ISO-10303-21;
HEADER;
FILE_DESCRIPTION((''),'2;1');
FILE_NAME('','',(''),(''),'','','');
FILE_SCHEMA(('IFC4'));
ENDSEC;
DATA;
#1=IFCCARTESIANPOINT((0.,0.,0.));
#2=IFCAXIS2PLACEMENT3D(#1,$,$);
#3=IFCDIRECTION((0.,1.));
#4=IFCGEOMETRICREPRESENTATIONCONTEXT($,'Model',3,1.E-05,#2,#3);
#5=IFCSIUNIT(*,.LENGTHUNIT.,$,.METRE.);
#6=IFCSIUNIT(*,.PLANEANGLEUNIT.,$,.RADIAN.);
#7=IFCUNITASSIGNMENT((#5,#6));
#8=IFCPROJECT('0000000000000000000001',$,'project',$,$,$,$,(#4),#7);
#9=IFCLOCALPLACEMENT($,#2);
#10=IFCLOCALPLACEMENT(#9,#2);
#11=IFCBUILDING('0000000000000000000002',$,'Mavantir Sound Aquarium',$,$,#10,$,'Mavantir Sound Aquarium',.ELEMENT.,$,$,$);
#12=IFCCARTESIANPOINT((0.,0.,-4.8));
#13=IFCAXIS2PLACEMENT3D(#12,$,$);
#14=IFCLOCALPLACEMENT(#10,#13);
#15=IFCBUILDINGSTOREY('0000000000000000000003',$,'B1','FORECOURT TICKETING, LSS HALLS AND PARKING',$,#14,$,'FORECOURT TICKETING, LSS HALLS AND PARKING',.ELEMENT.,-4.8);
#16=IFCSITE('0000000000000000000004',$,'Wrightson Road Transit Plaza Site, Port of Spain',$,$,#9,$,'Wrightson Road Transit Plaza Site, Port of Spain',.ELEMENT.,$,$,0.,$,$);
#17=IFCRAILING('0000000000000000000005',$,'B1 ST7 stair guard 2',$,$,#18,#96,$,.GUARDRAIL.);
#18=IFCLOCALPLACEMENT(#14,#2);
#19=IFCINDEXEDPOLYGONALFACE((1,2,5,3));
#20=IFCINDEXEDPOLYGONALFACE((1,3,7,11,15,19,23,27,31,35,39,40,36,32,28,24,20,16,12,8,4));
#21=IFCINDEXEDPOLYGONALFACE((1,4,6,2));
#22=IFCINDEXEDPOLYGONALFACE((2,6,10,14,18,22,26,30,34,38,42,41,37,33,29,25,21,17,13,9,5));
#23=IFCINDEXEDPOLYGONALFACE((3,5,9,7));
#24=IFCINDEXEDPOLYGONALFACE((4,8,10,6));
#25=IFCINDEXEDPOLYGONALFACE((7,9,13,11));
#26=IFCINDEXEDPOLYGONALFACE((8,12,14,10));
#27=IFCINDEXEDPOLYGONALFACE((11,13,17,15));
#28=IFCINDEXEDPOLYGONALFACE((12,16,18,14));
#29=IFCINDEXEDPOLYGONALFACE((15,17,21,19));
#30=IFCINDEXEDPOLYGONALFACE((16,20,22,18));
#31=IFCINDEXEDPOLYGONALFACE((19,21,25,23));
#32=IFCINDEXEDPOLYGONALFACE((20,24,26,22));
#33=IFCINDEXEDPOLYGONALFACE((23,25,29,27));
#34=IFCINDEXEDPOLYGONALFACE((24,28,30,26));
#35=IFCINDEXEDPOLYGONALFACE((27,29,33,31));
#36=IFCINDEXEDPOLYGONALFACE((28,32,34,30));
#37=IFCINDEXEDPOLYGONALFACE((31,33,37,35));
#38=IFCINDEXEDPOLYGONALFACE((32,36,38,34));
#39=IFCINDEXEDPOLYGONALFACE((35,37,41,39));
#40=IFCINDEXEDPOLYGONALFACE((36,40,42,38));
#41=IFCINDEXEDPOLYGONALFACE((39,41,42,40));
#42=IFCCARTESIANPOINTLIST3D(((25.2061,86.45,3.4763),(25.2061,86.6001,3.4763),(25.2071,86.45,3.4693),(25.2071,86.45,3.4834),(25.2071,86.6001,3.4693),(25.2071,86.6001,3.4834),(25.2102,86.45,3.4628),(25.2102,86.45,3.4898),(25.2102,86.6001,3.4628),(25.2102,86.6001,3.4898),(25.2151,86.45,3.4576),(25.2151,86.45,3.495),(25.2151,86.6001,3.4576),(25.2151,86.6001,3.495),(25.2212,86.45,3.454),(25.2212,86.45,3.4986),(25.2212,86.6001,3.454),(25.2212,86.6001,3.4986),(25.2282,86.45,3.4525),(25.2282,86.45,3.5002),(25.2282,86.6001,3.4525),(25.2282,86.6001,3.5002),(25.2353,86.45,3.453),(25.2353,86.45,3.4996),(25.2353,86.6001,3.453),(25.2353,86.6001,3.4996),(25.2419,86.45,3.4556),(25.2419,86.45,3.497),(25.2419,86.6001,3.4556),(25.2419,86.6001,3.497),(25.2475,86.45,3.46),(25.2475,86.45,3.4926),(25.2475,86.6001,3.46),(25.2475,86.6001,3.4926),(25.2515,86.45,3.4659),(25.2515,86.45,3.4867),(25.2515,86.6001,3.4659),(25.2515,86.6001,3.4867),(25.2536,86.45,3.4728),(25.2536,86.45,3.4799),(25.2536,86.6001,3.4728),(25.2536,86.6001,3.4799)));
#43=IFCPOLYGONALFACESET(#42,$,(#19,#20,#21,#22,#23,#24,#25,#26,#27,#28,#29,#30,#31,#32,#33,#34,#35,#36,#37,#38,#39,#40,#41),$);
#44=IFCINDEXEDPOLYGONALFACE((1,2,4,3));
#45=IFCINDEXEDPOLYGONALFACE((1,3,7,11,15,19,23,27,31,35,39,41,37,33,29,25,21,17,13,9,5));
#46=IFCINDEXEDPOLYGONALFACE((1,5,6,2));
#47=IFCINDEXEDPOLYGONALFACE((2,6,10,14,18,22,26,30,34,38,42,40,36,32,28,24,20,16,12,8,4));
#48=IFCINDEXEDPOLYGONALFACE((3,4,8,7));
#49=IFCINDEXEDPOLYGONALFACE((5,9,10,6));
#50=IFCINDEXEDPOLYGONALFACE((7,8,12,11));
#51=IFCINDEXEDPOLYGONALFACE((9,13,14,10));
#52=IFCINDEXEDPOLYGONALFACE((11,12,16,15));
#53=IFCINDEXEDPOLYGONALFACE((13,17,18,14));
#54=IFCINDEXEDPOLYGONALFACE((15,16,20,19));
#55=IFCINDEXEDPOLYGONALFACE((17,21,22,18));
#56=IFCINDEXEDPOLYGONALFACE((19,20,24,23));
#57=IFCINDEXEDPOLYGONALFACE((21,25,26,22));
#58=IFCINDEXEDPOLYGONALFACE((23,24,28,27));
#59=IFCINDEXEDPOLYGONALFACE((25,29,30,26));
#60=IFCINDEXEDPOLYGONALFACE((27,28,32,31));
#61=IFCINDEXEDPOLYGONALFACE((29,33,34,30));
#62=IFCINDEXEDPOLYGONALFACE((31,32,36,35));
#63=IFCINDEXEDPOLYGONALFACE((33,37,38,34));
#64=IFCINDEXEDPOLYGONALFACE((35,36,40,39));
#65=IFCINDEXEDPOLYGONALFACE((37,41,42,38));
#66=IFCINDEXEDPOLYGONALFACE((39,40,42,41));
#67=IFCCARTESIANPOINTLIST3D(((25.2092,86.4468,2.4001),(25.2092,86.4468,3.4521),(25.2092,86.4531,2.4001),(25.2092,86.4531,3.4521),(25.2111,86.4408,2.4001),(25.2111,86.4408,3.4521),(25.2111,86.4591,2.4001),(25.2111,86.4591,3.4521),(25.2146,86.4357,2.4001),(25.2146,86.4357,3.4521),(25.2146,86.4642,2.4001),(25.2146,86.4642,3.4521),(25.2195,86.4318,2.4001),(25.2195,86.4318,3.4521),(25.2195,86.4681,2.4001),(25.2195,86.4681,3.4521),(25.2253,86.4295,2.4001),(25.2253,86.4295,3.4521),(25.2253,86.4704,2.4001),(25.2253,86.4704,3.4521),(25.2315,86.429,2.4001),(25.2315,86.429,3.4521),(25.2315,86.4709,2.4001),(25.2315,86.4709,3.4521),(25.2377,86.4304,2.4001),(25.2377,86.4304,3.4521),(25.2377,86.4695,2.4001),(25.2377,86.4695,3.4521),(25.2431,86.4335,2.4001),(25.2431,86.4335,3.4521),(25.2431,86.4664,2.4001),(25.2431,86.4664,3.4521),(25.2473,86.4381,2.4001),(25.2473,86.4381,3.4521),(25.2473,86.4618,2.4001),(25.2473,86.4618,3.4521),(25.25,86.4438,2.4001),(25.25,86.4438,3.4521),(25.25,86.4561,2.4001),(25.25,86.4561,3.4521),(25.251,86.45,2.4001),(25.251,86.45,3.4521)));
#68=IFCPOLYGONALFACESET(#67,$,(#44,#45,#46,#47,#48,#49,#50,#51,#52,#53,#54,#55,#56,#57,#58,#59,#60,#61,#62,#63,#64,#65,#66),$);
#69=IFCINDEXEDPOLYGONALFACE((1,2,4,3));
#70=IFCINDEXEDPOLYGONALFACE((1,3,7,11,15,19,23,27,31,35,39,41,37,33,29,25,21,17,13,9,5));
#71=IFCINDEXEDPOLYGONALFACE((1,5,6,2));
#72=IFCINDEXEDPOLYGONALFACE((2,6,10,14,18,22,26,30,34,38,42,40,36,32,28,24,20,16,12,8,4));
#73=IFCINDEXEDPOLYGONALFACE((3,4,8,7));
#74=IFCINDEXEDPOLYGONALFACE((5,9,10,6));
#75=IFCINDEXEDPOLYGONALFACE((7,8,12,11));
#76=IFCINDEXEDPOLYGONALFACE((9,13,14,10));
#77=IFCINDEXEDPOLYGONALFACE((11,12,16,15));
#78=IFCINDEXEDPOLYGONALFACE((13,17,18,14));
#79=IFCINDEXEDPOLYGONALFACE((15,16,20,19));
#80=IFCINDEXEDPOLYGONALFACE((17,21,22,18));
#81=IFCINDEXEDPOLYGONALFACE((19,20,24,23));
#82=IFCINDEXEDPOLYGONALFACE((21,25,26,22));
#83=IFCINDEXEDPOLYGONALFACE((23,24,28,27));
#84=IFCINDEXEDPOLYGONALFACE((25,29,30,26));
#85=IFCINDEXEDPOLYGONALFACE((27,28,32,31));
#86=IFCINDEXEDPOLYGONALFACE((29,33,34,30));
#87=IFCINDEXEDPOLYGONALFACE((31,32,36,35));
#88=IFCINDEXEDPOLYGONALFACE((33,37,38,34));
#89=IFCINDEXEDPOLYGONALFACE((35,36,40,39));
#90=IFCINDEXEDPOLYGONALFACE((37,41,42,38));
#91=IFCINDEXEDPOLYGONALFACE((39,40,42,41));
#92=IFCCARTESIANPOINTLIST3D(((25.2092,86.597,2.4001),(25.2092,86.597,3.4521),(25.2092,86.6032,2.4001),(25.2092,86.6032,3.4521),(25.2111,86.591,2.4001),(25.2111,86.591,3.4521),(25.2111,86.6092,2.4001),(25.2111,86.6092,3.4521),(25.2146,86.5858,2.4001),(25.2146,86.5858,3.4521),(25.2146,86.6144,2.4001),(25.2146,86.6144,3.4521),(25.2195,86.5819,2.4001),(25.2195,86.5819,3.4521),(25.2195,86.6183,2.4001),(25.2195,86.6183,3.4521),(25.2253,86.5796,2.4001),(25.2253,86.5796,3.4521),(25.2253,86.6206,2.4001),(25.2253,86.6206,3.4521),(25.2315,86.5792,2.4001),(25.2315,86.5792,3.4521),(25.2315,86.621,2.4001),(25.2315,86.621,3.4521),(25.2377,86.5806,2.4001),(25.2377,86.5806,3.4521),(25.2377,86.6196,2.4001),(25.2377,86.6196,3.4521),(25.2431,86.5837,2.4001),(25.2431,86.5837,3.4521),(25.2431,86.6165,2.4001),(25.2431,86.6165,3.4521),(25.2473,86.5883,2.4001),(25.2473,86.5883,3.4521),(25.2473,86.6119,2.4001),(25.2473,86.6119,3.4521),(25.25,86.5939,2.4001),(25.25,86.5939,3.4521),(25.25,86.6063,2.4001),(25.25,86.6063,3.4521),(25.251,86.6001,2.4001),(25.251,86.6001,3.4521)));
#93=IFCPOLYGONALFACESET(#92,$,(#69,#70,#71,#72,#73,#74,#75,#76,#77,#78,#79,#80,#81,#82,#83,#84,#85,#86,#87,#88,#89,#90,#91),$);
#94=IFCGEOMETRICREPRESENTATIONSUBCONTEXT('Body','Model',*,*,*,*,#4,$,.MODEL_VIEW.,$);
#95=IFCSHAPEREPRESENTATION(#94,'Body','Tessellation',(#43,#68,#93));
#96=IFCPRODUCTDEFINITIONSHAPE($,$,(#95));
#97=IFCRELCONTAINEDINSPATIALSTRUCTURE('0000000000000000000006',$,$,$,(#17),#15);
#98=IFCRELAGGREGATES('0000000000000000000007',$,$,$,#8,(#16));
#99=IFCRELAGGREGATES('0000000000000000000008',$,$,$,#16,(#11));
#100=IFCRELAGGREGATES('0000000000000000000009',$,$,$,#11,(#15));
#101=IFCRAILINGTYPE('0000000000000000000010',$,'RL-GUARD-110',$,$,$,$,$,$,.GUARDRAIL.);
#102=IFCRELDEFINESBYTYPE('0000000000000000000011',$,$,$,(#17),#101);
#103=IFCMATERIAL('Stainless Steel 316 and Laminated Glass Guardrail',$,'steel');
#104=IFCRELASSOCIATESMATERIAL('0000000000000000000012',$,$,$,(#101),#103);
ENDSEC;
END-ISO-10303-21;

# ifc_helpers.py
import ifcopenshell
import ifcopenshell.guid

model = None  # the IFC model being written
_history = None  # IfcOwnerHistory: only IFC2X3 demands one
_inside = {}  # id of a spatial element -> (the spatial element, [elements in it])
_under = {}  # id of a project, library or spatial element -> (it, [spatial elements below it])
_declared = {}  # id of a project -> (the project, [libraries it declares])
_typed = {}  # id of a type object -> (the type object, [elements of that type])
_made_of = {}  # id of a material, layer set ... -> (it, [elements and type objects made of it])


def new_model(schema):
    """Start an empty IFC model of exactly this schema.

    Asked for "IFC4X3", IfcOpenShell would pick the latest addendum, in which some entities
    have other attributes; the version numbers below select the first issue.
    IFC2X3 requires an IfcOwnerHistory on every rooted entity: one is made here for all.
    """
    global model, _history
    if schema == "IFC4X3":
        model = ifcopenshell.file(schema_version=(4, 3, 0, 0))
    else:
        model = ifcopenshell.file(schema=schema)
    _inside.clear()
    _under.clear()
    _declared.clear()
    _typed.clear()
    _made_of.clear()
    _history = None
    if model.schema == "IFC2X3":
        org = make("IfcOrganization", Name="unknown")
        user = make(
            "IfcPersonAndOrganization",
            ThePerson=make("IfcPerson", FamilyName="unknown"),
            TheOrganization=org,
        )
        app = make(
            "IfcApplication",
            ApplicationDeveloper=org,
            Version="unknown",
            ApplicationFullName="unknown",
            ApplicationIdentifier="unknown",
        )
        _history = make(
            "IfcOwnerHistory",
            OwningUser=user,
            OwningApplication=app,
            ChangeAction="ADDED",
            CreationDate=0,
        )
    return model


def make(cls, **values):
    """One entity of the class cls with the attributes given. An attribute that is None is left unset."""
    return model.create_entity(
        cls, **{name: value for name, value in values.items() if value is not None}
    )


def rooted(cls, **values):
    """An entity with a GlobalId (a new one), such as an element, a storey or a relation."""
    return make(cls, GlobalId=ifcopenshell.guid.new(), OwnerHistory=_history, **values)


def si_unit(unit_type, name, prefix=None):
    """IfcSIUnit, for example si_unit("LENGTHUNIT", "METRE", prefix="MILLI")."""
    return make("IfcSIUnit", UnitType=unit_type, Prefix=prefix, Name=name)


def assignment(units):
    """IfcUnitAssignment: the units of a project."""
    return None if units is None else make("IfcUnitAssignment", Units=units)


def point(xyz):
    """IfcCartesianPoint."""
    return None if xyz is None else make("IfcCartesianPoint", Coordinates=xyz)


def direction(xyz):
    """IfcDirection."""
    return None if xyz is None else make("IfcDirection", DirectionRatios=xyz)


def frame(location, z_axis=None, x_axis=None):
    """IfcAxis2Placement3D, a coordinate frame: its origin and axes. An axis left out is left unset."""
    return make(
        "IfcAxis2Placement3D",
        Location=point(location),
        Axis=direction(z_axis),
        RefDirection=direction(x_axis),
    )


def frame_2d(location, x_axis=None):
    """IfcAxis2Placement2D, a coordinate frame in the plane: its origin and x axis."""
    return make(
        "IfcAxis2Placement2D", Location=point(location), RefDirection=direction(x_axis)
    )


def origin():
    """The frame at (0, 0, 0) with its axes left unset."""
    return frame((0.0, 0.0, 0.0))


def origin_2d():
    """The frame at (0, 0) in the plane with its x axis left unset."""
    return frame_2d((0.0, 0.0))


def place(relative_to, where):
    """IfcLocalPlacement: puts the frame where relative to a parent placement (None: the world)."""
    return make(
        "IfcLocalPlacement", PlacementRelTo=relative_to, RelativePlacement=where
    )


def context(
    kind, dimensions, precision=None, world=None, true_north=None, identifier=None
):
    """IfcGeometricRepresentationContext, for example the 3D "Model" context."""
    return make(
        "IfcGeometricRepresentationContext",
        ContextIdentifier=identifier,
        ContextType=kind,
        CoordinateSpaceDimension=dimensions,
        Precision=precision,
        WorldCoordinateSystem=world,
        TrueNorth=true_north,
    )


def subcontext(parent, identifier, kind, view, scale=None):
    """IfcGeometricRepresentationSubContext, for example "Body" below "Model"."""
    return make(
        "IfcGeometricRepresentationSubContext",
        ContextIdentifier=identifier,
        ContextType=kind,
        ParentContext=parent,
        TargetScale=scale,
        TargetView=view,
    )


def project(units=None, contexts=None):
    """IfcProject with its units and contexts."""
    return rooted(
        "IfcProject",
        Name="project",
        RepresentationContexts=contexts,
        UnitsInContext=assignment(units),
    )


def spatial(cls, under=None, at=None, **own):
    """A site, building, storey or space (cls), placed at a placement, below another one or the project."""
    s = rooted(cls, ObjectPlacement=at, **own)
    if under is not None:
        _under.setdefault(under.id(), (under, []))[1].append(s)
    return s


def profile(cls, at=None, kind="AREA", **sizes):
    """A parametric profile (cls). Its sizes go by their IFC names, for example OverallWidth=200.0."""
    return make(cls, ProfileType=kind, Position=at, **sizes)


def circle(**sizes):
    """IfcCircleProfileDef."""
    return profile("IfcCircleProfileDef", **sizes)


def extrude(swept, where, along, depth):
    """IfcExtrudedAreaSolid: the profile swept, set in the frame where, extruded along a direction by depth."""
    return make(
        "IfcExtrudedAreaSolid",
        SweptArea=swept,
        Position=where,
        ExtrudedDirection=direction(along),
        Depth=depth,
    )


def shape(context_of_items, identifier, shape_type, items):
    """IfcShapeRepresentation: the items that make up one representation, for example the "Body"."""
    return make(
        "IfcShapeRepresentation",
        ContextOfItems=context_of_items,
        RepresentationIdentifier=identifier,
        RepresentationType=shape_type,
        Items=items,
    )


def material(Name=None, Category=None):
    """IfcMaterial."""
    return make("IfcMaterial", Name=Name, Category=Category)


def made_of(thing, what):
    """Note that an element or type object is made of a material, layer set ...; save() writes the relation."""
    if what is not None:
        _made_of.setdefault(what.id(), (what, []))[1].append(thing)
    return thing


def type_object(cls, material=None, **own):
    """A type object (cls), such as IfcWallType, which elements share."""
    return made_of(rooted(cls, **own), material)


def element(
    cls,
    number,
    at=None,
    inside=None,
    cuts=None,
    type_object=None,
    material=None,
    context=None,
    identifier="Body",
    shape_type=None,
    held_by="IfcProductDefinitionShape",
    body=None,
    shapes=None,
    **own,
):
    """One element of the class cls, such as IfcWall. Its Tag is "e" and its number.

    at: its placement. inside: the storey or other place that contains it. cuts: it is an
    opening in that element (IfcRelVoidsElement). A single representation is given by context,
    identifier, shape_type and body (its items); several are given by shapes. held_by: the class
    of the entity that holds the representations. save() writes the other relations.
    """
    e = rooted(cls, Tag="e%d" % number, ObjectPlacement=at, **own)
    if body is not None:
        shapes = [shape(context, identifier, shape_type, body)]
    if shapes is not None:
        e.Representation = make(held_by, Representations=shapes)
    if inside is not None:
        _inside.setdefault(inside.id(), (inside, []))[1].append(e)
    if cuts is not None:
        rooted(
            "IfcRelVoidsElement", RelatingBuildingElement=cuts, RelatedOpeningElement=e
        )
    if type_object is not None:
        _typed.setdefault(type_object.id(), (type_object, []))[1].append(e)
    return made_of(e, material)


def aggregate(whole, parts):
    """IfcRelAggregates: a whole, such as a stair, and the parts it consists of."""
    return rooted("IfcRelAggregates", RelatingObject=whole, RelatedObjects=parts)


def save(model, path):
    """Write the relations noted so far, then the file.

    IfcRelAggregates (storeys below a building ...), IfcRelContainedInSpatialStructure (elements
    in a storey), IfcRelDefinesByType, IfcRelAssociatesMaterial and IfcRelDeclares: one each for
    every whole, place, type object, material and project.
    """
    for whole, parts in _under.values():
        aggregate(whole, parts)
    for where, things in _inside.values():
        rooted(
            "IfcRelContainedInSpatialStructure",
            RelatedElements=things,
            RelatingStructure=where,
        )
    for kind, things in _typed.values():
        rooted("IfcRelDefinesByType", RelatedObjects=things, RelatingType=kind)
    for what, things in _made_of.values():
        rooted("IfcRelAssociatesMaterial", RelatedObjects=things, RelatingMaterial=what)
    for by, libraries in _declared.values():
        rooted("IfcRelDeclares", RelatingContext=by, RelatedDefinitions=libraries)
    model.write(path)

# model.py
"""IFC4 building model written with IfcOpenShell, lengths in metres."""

from ifc_helpers import new_model, si_unit, direction, frame, origin, origin_2d, place, context, subcontext, project, spatial, circle, extrude, material, type_object, element, save


model = new_model("IFC4")

# Units and contexts
model_context = context("Model", 3, precision=1e-05, world=origin(), true_north=direction((0.0, 1.0)))
body_context = subcontext(model_context, "Body", "Model", "MODEL_VIEW")
ifc_project = project(units=[si_unit("LENGTHUNIT", "METRE"), si_unit("PLANEANGLEUNIT", "RADIAN")], contexts=[model_context])

# Site, building, storey
site_placement = place(None, origin())
site = spatial("IfcSite", under=ifc_project, at=site_placement, Name="Wrightson Road Transit Plaza Site, Port of Spain", LongName="Wrightson Road Transit Plaza Site, Port of Spain", CompositionType="ELEMENT", RefElevation=0.0)
building_placement = place(site_placement, origin())
building = spatial("IfcBuilding", under=site, at=building_placement, Name="Mavantir Sound Aquarium", LongName="Mavantir Sound Aquarium", CompositionType="ELEMENT")
storey_placement = place(building_placement, frame((0.0, 0.0, -4.8)))
storey = spatial("IfcBuildingStorey", under=building, at=storey_placement, Name="B1", Description="FORECOURT TICKETING, LSS HALLS AND PARKING", LongName="FORECOURT TICKETING, LSS HALLS AND PARKING", CompositionType="ELEMENT", Elevation=-4.8)

# Railing
ifc_material_1 = material(Name="Stainless Steel 316 and Laminated Glass Guardrail", Category="steel")
railing_type_1 = type_object("IfcRailingType", Name="RL-GUARD-110", PredefinedType="GUARDRAIL", material=ifc_material_1)
railing_1_placement = place(storey_placement, frame((25.23, 86.45, 2.4001)))
element("IfcRailing", 1, at=railing_1_placement, inside=storey, type_object=railing_type_1, Name="B1 ST7 stair guard 2", PredefinedType="GUARDRAIL", context=body_context, shape_type="SweptSolid", body=[
    extrude(circle(Radius=0.0239, at=origin_2d()), frame((0.0, 0.0, 1.0762), z_axis=(0.0, 1.0, 0.0), x_axis=(-1.0, 0.0, 0.0)), (0.0, 0.0, 1.0), 0.1501),
    extrude(circle(Radius=0.021, at=origin_2d()), origin(), (0.0, 0.0, 1.0), 1.052),
    extrude(circle(Radius=0.021, at=origin_2d()), frame((0.0, 0.1501, 0.0)), (0.0, 0.0, 1.0), 1.052),
])

save(model, "model.ifc")
